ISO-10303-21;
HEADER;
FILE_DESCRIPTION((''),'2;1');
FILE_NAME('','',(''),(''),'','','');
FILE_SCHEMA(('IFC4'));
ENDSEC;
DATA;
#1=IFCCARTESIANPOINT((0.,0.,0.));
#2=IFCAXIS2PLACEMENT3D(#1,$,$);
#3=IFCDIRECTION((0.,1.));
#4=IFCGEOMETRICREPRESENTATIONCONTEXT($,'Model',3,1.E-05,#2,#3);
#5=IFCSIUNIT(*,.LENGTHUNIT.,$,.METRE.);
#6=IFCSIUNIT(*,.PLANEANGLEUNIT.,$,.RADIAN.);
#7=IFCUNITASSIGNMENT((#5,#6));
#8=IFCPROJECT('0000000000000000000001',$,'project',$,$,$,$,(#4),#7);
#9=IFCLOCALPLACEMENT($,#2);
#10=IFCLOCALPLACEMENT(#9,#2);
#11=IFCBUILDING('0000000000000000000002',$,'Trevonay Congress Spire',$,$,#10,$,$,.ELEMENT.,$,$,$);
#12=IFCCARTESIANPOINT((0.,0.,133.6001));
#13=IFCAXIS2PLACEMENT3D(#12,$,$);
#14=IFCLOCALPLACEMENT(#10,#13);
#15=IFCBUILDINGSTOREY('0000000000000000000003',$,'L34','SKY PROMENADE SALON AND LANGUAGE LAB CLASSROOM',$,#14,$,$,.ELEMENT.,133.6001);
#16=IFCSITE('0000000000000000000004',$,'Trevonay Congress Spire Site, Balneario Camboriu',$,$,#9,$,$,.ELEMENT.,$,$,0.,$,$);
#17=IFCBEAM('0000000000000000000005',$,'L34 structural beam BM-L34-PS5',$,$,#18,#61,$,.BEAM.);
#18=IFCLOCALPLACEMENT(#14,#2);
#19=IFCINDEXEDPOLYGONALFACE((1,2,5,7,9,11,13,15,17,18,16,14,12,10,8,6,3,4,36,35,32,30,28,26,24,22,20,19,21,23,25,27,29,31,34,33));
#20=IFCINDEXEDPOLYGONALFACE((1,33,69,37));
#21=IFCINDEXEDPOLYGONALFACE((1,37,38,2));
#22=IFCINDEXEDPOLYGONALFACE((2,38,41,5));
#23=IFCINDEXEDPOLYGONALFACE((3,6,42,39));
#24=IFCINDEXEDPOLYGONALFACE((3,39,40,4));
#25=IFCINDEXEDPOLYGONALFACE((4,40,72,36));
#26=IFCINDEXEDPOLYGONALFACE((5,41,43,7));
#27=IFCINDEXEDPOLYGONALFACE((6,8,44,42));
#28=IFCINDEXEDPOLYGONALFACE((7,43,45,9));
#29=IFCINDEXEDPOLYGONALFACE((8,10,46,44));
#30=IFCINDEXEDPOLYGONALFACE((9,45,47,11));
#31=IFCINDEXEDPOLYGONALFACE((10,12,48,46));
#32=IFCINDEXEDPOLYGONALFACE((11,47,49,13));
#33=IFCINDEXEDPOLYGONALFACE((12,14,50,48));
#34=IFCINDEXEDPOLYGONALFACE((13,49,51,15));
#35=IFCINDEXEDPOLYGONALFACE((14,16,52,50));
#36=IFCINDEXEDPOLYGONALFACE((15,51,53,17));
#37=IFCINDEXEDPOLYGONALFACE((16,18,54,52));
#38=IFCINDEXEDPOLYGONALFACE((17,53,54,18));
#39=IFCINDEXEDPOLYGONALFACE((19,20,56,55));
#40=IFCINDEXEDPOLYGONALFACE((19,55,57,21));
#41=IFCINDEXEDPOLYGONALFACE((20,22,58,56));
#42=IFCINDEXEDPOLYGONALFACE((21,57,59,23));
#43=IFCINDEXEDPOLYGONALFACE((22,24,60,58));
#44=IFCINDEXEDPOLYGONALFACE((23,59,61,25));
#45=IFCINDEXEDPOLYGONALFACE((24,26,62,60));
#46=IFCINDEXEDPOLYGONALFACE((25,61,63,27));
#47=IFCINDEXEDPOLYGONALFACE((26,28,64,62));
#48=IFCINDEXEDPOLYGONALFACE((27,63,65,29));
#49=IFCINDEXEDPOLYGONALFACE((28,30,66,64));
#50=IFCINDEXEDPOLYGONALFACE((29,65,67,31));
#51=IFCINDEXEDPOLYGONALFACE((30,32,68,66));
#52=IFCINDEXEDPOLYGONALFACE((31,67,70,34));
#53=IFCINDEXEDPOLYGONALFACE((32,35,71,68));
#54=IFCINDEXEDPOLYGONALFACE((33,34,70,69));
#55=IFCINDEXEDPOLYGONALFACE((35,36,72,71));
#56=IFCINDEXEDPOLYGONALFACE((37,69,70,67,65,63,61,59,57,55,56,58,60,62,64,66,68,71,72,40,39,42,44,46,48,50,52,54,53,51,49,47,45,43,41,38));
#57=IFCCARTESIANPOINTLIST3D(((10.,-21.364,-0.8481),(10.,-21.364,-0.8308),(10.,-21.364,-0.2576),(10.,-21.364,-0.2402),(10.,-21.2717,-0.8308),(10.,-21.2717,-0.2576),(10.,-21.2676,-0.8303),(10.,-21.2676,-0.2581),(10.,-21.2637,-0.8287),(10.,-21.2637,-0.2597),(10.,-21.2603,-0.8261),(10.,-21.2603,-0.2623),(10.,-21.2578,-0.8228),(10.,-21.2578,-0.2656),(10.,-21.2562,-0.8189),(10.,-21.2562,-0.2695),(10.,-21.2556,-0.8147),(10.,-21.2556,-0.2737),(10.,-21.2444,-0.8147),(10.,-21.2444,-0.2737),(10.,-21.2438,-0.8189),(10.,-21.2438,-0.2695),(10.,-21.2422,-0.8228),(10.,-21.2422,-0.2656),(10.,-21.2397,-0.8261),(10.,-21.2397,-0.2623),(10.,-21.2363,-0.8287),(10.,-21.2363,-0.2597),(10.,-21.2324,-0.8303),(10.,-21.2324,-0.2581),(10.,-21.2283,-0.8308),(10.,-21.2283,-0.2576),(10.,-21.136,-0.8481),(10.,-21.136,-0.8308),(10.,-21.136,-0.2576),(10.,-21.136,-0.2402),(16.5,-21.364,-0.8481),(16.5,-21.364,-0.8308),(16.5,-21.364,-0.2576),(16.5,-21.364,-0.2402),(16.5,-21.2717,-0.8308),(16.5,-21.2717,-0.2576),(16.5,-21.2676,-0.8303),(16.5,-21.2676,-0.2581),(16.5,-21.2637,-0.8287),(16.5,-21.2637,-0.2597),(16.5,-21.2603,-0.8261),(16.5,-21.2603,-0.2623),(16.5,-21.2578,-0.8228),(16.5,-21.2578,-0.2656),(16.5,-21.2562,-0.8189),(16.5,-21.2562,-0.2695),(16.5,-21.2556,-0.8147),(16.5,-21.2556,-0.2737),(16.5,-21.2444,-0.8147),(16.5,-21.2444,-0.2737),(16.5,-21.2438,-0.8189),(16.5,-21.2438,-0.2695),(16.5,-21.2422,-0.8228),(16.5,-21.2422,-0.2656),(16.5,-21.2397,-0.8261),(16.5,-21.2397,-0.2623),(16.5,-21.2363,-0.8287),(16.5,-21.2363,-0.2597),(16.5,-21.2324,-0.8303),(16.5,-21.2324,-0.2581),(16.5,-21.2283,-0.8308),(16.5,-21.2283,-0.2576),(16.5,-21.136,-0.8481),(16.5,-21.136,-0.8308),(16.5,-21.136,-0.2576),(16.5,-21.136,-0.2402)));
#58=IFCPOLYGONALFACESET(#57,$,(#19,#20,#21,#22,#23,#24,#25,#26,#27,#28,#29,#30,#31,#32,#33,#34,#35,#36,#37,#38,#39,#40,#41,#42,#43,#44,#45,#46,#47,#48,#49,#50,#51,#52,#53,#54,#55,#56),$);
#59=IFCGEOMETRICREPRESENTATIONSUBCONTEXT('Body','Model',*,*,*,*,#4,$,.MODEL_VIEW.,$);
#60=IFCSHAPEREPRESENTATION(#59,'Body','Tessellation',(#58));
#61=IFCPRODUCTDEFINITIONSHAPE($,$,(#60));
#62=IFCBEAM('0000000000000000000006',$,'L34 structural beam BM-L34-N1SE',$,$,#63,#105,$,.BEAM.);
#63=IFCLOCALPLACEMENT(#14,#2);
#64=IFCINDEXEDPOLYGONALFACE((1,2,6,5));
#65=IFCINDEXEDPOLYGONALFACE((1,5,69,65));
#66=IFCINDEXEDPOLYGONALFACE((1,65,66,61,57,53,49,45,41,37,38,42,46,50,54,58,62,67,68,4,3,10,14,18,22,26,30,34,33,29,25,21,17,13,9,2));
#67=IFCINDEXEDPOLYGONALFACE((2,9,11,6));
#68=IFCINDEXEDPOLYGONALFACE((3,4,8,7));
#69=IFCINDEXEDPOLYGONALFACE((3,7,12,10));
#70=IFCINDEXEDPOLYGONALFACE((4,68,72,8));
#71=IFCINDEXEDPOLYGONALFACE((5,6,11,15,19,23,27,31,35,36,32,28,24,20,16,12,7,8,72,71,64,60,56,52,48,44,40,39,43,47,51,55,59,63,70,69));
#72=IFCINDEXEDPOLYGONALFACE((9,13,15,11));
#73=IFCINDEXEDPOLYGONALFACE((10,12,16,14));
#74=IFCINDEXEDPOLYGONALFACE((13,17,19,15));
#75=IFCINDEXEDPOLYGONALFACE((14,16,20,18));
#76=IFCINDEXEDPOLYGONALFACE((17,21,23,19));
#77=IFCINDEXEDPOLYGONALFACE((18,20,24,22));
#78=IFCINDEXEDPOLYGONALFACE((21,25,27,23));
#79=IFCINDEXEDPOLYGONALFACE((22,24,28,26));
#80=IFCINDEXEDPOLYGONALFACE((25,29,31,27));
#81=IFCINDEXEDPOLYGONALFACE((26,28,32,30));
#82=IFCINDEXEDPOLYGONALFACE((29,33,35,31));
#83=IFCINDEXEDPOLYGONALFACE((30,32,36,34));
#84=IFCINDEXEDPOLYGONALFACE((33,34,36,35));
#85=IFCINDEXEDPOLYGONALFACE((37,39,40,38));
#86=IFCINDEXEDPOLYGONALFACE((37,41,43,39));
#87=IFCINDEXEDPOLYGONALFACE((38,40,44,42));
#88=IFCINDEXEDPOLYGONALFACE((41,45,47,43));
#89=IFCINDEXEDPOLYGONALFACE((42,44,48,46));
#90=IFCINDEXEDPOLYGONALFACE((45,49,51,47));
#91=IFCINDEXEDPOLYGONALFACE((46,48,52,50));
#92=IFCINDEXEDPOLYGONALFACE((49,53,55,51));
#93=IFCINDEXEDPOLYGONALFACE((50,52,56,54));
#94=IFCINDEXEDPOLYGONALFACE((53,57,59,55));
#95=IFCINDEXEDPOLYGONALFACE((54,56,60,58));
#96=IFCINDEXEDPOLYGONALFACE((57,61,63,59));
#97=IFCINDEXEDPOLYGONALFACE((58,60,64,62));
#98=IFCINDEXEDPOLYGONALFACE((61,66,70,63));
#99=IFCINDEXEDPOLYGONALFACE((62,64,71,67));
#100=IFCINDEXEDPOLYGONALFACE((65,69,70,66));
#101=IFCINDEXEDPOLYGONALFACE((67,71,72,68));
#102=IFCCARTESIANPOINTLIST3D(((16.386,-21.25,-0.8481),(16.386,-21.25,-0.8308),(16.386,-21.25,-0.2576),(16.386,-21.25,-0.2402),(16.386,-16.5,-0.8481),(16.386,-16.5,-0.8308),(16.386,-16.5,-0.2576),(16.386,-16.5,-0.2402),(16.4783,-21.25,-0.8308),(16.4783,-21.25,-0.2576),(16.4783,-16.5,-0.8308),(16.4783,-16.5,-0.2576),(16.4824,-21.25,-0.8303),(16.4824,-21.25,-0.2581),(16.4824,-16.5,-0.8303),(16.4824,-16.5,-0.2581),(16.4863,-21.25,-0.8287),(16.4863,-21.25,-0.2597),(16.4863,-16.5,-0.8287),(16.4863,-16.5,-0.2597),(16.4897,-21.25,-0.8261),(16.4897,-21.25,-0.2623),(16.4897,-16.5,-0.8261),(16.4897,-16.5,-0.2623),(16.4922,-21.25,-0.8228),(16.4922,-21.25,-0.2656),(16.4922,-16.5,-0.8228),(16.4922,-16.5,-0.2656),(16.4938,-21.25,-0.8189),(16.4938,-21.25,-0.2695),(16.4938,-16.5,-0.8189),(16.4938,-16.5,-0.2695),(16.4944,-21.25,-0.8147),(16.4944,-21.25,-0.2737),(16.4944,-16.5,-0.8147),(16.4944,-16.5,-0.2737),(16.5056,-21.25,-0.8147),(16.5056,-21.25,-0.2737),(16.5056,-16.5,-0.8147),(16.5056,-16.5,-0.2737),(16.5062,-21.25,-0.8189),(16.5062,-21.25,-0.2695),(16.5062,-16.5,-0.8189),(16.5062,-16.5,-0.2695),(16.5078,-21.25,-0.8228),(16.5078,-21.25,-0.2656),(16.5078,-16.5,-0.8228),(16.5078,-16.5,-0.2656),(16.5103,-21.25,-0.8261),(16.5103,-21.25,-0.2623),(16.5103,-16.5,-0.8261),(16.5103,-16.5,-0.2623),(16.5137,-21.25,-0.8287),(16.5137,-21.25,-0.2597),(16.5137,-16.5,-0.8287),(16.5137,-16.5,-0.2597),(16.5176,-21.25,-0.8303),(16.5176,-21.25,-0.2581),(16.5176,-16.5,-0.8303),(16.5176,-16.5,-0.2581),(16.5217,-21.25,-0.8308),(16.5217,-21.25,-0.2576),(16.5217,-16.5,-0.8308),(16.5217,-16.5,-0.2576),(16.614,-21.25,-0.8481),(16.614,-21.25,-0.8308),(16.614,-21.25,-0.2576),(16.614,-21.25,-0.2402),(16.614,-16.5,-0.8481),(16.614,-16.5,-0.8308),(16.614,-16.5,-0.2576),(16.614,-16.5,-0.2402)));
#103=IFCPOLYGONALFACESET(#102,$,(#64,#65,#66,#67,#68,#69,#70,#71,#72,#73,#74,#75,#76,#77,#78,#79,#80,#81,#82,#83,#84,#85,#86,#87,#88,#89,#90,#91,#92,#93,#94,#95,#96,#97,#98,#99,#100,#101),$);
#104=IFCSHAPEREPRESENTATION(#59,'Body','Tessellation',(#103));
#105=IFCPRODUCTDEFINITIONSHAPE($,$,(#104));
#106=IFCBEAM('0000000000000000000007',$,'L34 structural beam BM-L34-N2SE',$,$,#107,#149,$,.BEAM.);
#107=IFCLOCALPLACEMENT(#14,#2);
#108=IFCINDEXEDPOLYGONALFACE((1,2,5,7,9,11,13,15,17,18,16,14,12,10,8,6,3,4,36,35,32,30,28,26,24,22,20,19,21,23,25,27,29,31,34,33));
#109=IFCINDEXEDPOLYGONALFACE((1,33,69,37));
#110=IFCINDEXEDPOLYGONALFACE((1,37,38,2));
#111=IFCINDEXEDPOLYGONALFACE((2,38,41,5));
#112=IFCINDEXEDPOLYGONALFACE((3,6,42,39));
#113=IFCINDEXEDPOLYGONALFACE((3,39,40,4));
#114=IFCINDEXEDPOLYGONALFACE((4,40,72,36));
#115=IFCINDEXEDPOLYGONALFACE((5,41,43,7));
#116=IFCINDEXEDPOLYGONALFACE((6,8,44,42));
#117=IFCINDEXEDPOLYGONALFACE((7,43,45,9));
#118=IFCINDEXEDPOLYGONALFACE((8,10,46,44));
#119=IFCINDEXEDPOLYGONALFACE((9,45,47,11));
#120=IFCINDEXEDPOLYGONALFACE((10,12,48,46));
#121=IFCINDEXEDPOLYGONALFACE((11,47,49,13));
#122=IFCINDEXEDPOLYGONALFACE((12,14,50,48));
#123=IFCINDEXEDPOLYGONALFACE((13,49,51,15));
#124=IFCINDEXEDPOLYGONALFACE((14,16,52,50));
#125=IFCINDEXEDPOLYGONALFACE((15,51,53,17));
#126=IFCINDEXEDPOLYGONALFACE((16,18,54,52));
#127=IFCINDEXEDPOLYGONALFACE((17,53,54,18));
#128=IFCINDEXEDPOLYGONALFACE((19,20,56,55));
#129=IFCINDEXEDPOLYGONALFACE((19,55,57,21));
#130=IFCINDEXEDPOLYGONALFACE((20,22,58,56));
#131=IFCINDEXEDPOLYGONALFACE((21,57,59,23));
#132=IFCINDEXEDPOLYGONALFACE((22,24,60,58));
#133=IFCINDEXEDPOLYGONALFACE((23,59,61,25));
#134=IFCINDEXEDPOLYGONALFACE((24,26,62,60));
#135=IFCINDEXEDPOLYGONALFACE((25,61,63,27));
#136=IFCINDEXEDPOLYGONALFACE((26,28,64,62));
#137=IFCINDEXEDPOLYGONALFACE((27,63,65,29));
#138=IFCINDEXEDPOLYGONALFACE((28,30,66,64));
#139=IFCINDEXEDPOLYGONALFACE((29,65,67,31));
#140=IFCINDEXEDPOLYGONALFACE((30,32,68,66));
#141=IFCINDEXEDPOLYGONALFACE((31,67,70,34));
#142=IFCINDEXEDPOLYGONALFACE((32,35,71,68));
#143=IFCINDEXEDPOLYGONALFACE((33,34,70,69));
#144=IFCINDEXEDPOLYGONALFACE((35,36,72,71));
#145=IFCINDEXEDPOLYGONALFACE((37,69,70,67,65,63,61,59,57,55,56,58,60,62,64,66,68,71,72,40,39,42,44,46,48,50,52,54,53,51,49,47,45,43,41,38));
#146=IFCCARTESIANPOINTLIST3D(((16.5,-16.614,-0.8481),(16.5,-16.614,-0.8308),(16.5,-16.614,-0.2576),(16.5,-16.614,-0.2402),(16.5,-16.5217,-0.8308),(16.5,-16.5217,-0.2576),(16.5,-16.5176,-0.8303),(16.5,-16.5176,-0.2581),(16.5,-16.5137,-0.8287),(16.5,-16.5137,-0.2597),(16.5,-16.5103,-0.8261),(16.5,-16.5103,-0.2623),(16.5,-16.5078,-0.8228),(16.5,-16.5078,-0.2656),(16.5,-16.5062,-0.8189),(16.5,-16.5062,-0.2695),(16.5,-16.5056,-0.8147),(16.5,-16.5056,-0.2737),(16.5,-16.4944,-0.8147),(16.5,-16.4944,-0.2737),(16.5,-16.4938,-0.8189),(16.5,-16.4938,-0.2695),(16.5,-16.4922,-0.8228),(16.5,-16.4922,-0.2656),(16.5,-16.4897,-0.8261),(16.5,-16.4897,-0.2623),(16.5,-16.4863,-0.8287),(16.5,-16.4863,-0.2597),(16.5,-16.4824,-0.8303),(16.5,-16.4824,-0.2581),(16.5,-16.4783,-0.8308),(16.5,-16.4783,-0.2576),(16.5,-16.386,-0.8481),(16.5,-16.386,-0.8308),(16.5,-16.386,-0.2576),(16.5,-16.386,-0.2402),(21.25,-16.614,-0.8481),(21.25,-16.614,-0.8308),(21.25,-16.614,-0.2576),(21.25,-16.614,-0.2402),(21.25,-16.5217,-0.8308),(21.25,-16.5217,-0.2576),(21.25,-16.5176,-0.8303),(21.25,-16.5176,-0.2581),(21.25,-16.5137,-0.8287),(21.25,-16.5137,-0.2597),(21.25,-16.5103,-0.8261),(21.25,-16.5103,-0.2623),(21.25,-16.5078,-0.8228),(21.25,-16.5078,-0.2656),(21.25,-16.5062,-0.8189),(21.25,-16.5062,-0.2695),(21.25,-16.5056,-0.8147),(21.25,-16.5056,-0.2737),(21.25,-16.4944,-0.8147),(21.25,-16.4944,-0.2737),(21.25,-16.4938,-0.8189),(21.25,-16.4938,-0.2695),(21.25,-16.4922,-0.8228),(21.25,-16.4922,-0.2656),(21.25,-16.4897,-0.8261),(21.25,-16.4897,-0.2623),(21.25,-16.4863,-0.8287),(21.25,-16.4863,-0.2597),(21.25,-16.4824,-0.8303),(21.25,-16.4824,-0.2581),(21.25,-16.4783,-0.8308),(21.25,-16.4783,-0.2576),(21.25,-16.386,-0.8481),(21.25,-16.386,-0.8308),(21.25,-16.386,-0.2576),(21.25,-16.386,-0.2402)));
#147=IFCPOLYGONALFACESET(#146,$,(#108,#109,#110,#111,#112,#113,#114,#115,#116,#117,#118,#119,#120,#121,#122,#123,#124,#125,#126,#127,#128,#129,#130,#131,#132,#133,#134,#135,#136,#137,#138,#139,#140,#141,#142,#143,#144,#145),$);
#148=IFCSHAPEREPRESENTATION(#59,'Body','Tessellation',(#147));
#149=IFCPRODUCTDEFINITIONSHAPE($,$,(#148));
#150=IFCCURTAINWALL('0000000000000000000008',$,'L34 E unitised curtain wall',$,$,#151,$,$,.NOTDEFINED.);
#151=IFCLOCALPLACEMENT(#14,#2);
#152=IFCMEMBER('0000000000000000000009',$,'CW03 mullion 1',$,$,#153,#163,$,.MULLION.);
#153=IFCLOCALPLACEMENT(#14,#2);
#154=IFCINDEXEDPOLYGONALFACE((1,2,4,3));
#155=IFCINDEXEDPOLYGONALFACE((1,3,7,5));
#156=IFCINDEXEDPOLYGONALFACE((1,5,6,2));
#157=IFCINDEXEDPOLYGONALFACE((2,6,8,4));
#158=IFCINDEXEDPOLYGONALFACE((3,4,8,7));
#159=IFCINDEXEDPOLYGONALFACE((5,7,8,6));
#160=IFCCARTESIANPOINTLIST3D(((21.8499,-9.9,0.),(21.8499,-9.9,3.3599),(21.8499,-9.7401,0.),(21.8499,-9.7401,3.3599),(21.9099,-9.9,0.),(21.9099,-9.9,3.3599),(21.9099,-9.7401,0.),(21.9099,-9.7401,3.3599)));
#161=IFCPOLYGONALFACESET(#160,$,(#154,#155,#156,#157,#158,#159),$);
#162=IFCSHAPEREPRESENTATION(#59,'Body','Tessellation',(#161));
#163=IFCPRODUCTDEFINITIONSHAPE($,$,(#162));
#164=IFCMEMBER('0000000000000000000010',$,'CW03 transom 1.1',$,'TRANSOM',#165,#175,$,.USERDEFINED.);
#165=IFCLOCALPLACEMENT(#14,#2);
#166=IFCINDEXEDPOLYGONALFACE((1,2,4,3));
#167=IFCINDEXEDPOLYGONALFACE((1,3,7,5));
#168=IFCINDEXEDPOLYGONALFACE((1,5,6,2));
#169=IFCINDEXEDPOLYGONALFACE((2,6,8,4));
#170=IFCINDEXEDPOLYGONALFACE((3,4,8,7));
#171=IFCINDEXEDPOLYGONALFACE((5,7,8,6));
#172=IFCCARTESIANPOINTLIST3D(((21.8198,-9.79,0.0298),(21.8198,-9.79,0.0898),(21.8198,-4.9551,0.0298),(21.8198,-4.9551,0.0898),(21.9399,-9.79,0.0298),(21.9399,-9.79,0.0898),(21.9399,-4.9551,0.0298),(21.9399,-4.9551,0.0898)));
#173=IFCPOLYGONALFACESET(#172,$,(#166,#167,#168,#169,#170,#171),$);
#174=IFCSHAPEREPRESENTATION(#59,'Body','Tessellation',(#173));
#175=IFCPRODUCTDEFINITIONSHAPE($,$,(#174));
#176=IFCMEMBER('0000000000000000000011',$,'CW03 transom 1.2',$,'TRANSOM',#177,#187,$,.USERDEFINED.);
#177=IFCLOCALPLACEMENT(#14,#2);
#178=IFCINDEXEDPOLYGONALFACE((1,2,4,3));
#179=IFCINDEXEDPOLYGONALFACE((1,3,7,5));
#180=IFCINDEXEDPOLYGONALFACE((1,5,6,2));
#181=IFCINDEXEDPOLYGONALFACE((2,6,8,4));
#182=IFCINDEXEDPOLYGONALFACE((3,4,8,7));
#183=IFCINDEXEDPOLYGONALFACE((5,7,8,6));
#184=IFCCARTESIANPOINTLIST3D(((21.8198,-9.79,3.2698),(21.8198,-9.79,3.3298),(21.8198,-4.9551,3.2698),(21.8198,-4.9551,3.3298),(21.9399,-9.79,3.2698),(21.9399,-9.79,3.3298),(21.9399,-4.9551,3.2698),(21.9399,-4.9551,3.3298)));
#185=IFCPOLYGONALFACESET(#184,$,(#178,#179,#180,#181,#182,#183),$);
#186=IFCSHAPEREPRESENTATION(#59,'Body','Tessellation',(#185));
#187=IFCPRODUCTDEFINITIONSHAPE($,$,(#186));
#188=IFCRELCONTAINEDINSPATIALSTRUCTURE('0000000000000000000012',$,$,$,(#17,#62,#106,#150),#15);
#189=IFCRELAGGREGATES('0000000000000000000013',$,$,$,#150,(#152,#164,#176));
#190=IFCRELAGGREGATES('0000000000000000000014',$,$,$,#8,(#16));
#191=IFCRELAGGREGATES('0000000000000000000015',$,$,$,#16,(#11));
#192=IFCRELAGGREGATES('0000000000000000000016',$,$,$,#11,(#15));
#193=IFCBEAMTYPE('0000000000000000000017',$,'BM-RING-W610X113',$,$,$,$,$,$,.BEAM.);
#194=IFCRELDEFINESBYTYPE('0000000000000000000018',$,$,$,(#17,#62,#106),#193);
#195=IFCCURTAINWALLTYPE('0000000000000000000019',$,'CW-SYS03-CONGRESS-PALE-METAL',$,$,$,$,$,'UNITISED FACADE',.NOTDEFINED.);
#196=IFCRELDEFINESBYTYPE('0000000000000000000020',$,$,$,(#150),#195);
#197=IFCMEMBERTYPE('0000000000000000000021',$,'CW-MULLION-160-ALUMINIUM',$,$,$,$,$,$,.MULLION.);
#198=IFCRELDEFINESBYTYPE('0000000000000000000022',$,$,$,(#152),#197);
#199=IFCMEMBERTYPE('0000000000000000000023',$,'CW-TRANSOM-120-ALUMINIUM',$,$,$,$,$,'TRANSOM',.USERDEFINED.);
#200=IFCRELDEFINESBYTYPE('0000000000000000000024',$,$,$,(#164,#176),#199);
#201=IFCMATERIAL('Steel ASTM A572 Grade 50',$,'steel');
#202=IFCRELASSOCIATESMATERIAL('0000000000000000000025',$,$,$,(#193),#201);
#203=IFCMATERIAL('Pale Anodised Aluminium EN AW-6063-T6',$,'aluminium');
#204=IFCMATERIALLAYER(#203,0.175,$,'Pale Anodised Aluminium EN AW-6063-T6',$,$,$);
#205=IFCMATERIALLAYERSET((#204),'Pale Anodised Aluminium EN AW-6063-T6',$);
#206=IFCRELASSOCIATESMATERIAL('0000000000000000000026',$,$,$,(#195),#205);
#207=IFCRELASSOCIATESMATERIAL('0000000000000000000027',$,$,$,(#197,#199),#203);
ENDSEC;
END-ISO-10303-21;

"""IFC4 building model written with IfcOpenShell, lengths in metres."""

from ifc_helpers import new_model, si_unit, direction, frame, origin, origin_2d, place, context, subcontext, project, spatial, rectangle, i_section, extrude, material, layer, layer_set, material_profile, profile_set, type_object, element, aggregate, save


model = new_model("IFC4")

# Units and contexts
model_context = context("Model", 3, precision=1e-05, world=origin(), true_north=direction((0.0, 1.0)))
body_context = subcontext(model_context, "Body", "Model", "MODEL_VIEW")
ifc_project = project(units=[si_unit("LENGTHUNIT", "METRE"), si_unit("PLANEANGLEUNIT", "RADIAN")], contexts=[model_context])

# Site, building, storey
site_placement = place(None, origin())
site = spatial("IfcSite", under=ifc_project, at=site_placement, Name="Trevonay Congress Spire Site, Balneario Camboriu", CompositionType="ELEMENT", RefElevation=0.0)
building_placement = place(site_placement, origin())
building = spatial("IfcBuilding", under=site, at=building_placement, Name="Trevonay Congress Spire", CompositionType="ELEMENT")
storey_placement = place(building_placement, frame((0.0, 0.0, 133.6001)))
storey = spatial("IfcBuildingStorey", under=building, at=storey_placement, Name="L34", Description="SKY PROMENADE SALON AND LANGUAGE LAB CLASSROOM", CompositionType="ELEMENT", Elevation=133.6001)

# Shared definitions
ifc_material_1 = material(Name="Steel ASTM A572 Grade 50", Category="steel")

# Beams
ifc_material_profile_1 = material_profile(ifc_material_1, i_section(OverallWidth=0.228, OverallDepth=0.6079, WebThickness=0.0112, FlangeThickness=0.0173, FilletRadius=0.0161, at=origin_2d()), Name="W610x113")
ifc_profile_set_1 = profile_set([ifc_material_profile_1], Name="Steel ASTM A572 Grade 50")
beam_type = type_object("IfcBeamType", Name="BM-RING-W610X113", PredefinedType="BEAM", material=ifc_profile_set_1)
for number, where, z_axis, x_axis, name in (
    (1, (10.0, -21.25, -0.5442), (1.0, 0.0, 0.0), (0.0, 1.0, 0.0), "L34 structural beam BM-L34-PS5"),
):
    element("IfcBeam", number, at=place(storey_placement, frame(where, z_axis=z_axis, x_axis=x_axis)), inside=storey, type_object=beam_type, Name=name, PredefinedType="BEAM", context=body_context, shape_type="SweptSolid", body=[
        extrude(i_section(OverallWidth=0.228, OverallDepth=0.6079, WebThickness=0.0112, FlangeThickness=0.0173, FilletRadius=0.0161, at=origin_2d()), origin(), (0.0, 0.0, 1.0), 6.5),
    ])
for number, where, z_axis, x_axis, name in (
    (2, (16.5, -21.25, -0.5442), (0.0, 1.0, 0.0), (-1.0, 0.0, 0.0), "L34 structural beam BM-L34-N1SE"),
    (3, (21.25, -16.5, -0.5442), (-1.0, 0.0, 0.0), (0.0, -1.0, 0.0), "L34 structural beam BM-L34-N2SE"),
):
    element("IfcBeam", number, at=place(storey_placement, frame(where, z_axis=z_axis, x_axis=x_axis)), inside=storey, type_object=beam_type, Name=name, PredefinedType="BEAM", context=body_context, shape_type="SweptSolid", body=[
        extrude(i_section(OverallWidth=0.228, OverallDepth=0.6079, WebThickness=0.0112, FlangeThickness=0.0173, FilletRadius=0.0161, at=origin_2d()), origin(), (0.0, 0.0, 1.0), 4.75),
    ])

# Curtain wall, members
ifc_material_2 = material(Name="Pale Anodised Aluminium EN AW-6063-T6", Category="aluminium")
ifc_layer_1 = layer(ifc_material_2, 0.175, Name="Pale Anodised Aluminium EN AW-6063-T6")
ifc_layer_set_1 = layer_set([ifc_layer_1], Name="Pale Anodised Aluminium EN AW-6063-T6")
curtain_wall_type = type_object("IfcCurtainWallType", Name="CW-SYS03-CONGRESS-PALE-METAL", ElementType="UNITISED FACADE", PredefinedType="NOTDEFINED", material=ifc_layer_set_1)
curtain_wall_placement = place(storey_placement, origin())
curtain_wall = element("IfcCurtainWall", 4, at=curtain_wall_placement, inside=storey, type_object=curtain_wall_type, Name="L34 E unitised curtain wall", PredefinedType="NOTDEFINED")
ifc_material_profile_2 = material_profile(ifc_material_2, rectangle(XDim=0.0601, YDim=0.1599, at=origin_2d()), Name="CW-MULLION-160-ALUMINIUM")
ifc_profile_set_2 = profile_set([ifc_material_profile_2], Name="Pale Anodised Aluminium EN AW-6063-T6")
member_type_1 = type_object("IfcMemberType", Name="CW-MULLION-160-ALUMINIUM", PredefinedType="MULLION", material=ifc_profile_set_2)
member_1_placement = place(storey_placement, frame((21.8799, -9.8201, 0.0), z_axis=(0.0, 0.0, 1.0), x_axis=(-1.0, 0.0, 0.0)))
member_1 = element("IfcMember", 5, at=member_1_placement, type_object=member_type_1, Name="CW03 mullion 1", PredefinedType="MULLION", context=body_context, shape_type="SweptSolid", body=[
    extrude(rectangle(XDim=0.0601, YDim=0.1599, at=origin_2d()), origin(), (0.0, 0.0, 1.0), 3.3599),
])
ifc_material_profile_3 = material_profile(ifc_material_2, rectangle(XDim=0.1201, YDim=0.0601, at=origin_2d()), Name="CW-TRANSOM-120-ALUMINIUM")
ifc_profile_set_3 = profile_set([ifc_material_profile_3], Name="Pale Anodised Aluminium EN AW-6063-T6")
member_type_2 = type_object("IfcMemberType", Name="CW-TRANSOM-120-ALUMINIUM", ElementType="TRANSOM", PredefinedType="USERDEFINED", material=ifc_profile_set_3)
member_2_placement = place(storey_placement, frame((21.8799, -9.79, 0.0598), z_axis=(0.0, 1.0, 0.0), x_axis=(-1.0, 0.0, 0.0)))
member_2 = element("IfcMember", 6, at=member_2_placement, type_object=member_type_2, Name="CW03 transom 1.1", ObjectType="TRANSOM", PredefinedType="USERDEFINED", context=body_context, shape_type="SweptSolid", body=[
    extrude(rectangle(XDim=0.1201, YDim=0.0601, at=origin_2d()), origin(), (0.0, 0.0, 1.0), 4.835),
])
member_3_placement = place(storey_placement, frame((21.8799, -9.79, 3.2998), z_axis=(0.0, 1.0, 0.0), x_axis=(-1.0, 0.0, 0.0)))
member_3 = element("IfcMember", 7, at=member_3_placement, type_object=member_type_2, Name="CW03 transom 1.2", ObjectType="TRANSOM", PredefinedType="USERDEFINED", context=body_context, shape_type="SweptSolid", body=[
    extrude(rectangle(XDim=0.1201, YDim=0.0601, at=origin_2d()), origin(), (0.0, 0.0, 1.0), 4.835),
])
aggregate(curtain_wall, [member_1, member_2, member_3])

save(model, "model.ifc")
